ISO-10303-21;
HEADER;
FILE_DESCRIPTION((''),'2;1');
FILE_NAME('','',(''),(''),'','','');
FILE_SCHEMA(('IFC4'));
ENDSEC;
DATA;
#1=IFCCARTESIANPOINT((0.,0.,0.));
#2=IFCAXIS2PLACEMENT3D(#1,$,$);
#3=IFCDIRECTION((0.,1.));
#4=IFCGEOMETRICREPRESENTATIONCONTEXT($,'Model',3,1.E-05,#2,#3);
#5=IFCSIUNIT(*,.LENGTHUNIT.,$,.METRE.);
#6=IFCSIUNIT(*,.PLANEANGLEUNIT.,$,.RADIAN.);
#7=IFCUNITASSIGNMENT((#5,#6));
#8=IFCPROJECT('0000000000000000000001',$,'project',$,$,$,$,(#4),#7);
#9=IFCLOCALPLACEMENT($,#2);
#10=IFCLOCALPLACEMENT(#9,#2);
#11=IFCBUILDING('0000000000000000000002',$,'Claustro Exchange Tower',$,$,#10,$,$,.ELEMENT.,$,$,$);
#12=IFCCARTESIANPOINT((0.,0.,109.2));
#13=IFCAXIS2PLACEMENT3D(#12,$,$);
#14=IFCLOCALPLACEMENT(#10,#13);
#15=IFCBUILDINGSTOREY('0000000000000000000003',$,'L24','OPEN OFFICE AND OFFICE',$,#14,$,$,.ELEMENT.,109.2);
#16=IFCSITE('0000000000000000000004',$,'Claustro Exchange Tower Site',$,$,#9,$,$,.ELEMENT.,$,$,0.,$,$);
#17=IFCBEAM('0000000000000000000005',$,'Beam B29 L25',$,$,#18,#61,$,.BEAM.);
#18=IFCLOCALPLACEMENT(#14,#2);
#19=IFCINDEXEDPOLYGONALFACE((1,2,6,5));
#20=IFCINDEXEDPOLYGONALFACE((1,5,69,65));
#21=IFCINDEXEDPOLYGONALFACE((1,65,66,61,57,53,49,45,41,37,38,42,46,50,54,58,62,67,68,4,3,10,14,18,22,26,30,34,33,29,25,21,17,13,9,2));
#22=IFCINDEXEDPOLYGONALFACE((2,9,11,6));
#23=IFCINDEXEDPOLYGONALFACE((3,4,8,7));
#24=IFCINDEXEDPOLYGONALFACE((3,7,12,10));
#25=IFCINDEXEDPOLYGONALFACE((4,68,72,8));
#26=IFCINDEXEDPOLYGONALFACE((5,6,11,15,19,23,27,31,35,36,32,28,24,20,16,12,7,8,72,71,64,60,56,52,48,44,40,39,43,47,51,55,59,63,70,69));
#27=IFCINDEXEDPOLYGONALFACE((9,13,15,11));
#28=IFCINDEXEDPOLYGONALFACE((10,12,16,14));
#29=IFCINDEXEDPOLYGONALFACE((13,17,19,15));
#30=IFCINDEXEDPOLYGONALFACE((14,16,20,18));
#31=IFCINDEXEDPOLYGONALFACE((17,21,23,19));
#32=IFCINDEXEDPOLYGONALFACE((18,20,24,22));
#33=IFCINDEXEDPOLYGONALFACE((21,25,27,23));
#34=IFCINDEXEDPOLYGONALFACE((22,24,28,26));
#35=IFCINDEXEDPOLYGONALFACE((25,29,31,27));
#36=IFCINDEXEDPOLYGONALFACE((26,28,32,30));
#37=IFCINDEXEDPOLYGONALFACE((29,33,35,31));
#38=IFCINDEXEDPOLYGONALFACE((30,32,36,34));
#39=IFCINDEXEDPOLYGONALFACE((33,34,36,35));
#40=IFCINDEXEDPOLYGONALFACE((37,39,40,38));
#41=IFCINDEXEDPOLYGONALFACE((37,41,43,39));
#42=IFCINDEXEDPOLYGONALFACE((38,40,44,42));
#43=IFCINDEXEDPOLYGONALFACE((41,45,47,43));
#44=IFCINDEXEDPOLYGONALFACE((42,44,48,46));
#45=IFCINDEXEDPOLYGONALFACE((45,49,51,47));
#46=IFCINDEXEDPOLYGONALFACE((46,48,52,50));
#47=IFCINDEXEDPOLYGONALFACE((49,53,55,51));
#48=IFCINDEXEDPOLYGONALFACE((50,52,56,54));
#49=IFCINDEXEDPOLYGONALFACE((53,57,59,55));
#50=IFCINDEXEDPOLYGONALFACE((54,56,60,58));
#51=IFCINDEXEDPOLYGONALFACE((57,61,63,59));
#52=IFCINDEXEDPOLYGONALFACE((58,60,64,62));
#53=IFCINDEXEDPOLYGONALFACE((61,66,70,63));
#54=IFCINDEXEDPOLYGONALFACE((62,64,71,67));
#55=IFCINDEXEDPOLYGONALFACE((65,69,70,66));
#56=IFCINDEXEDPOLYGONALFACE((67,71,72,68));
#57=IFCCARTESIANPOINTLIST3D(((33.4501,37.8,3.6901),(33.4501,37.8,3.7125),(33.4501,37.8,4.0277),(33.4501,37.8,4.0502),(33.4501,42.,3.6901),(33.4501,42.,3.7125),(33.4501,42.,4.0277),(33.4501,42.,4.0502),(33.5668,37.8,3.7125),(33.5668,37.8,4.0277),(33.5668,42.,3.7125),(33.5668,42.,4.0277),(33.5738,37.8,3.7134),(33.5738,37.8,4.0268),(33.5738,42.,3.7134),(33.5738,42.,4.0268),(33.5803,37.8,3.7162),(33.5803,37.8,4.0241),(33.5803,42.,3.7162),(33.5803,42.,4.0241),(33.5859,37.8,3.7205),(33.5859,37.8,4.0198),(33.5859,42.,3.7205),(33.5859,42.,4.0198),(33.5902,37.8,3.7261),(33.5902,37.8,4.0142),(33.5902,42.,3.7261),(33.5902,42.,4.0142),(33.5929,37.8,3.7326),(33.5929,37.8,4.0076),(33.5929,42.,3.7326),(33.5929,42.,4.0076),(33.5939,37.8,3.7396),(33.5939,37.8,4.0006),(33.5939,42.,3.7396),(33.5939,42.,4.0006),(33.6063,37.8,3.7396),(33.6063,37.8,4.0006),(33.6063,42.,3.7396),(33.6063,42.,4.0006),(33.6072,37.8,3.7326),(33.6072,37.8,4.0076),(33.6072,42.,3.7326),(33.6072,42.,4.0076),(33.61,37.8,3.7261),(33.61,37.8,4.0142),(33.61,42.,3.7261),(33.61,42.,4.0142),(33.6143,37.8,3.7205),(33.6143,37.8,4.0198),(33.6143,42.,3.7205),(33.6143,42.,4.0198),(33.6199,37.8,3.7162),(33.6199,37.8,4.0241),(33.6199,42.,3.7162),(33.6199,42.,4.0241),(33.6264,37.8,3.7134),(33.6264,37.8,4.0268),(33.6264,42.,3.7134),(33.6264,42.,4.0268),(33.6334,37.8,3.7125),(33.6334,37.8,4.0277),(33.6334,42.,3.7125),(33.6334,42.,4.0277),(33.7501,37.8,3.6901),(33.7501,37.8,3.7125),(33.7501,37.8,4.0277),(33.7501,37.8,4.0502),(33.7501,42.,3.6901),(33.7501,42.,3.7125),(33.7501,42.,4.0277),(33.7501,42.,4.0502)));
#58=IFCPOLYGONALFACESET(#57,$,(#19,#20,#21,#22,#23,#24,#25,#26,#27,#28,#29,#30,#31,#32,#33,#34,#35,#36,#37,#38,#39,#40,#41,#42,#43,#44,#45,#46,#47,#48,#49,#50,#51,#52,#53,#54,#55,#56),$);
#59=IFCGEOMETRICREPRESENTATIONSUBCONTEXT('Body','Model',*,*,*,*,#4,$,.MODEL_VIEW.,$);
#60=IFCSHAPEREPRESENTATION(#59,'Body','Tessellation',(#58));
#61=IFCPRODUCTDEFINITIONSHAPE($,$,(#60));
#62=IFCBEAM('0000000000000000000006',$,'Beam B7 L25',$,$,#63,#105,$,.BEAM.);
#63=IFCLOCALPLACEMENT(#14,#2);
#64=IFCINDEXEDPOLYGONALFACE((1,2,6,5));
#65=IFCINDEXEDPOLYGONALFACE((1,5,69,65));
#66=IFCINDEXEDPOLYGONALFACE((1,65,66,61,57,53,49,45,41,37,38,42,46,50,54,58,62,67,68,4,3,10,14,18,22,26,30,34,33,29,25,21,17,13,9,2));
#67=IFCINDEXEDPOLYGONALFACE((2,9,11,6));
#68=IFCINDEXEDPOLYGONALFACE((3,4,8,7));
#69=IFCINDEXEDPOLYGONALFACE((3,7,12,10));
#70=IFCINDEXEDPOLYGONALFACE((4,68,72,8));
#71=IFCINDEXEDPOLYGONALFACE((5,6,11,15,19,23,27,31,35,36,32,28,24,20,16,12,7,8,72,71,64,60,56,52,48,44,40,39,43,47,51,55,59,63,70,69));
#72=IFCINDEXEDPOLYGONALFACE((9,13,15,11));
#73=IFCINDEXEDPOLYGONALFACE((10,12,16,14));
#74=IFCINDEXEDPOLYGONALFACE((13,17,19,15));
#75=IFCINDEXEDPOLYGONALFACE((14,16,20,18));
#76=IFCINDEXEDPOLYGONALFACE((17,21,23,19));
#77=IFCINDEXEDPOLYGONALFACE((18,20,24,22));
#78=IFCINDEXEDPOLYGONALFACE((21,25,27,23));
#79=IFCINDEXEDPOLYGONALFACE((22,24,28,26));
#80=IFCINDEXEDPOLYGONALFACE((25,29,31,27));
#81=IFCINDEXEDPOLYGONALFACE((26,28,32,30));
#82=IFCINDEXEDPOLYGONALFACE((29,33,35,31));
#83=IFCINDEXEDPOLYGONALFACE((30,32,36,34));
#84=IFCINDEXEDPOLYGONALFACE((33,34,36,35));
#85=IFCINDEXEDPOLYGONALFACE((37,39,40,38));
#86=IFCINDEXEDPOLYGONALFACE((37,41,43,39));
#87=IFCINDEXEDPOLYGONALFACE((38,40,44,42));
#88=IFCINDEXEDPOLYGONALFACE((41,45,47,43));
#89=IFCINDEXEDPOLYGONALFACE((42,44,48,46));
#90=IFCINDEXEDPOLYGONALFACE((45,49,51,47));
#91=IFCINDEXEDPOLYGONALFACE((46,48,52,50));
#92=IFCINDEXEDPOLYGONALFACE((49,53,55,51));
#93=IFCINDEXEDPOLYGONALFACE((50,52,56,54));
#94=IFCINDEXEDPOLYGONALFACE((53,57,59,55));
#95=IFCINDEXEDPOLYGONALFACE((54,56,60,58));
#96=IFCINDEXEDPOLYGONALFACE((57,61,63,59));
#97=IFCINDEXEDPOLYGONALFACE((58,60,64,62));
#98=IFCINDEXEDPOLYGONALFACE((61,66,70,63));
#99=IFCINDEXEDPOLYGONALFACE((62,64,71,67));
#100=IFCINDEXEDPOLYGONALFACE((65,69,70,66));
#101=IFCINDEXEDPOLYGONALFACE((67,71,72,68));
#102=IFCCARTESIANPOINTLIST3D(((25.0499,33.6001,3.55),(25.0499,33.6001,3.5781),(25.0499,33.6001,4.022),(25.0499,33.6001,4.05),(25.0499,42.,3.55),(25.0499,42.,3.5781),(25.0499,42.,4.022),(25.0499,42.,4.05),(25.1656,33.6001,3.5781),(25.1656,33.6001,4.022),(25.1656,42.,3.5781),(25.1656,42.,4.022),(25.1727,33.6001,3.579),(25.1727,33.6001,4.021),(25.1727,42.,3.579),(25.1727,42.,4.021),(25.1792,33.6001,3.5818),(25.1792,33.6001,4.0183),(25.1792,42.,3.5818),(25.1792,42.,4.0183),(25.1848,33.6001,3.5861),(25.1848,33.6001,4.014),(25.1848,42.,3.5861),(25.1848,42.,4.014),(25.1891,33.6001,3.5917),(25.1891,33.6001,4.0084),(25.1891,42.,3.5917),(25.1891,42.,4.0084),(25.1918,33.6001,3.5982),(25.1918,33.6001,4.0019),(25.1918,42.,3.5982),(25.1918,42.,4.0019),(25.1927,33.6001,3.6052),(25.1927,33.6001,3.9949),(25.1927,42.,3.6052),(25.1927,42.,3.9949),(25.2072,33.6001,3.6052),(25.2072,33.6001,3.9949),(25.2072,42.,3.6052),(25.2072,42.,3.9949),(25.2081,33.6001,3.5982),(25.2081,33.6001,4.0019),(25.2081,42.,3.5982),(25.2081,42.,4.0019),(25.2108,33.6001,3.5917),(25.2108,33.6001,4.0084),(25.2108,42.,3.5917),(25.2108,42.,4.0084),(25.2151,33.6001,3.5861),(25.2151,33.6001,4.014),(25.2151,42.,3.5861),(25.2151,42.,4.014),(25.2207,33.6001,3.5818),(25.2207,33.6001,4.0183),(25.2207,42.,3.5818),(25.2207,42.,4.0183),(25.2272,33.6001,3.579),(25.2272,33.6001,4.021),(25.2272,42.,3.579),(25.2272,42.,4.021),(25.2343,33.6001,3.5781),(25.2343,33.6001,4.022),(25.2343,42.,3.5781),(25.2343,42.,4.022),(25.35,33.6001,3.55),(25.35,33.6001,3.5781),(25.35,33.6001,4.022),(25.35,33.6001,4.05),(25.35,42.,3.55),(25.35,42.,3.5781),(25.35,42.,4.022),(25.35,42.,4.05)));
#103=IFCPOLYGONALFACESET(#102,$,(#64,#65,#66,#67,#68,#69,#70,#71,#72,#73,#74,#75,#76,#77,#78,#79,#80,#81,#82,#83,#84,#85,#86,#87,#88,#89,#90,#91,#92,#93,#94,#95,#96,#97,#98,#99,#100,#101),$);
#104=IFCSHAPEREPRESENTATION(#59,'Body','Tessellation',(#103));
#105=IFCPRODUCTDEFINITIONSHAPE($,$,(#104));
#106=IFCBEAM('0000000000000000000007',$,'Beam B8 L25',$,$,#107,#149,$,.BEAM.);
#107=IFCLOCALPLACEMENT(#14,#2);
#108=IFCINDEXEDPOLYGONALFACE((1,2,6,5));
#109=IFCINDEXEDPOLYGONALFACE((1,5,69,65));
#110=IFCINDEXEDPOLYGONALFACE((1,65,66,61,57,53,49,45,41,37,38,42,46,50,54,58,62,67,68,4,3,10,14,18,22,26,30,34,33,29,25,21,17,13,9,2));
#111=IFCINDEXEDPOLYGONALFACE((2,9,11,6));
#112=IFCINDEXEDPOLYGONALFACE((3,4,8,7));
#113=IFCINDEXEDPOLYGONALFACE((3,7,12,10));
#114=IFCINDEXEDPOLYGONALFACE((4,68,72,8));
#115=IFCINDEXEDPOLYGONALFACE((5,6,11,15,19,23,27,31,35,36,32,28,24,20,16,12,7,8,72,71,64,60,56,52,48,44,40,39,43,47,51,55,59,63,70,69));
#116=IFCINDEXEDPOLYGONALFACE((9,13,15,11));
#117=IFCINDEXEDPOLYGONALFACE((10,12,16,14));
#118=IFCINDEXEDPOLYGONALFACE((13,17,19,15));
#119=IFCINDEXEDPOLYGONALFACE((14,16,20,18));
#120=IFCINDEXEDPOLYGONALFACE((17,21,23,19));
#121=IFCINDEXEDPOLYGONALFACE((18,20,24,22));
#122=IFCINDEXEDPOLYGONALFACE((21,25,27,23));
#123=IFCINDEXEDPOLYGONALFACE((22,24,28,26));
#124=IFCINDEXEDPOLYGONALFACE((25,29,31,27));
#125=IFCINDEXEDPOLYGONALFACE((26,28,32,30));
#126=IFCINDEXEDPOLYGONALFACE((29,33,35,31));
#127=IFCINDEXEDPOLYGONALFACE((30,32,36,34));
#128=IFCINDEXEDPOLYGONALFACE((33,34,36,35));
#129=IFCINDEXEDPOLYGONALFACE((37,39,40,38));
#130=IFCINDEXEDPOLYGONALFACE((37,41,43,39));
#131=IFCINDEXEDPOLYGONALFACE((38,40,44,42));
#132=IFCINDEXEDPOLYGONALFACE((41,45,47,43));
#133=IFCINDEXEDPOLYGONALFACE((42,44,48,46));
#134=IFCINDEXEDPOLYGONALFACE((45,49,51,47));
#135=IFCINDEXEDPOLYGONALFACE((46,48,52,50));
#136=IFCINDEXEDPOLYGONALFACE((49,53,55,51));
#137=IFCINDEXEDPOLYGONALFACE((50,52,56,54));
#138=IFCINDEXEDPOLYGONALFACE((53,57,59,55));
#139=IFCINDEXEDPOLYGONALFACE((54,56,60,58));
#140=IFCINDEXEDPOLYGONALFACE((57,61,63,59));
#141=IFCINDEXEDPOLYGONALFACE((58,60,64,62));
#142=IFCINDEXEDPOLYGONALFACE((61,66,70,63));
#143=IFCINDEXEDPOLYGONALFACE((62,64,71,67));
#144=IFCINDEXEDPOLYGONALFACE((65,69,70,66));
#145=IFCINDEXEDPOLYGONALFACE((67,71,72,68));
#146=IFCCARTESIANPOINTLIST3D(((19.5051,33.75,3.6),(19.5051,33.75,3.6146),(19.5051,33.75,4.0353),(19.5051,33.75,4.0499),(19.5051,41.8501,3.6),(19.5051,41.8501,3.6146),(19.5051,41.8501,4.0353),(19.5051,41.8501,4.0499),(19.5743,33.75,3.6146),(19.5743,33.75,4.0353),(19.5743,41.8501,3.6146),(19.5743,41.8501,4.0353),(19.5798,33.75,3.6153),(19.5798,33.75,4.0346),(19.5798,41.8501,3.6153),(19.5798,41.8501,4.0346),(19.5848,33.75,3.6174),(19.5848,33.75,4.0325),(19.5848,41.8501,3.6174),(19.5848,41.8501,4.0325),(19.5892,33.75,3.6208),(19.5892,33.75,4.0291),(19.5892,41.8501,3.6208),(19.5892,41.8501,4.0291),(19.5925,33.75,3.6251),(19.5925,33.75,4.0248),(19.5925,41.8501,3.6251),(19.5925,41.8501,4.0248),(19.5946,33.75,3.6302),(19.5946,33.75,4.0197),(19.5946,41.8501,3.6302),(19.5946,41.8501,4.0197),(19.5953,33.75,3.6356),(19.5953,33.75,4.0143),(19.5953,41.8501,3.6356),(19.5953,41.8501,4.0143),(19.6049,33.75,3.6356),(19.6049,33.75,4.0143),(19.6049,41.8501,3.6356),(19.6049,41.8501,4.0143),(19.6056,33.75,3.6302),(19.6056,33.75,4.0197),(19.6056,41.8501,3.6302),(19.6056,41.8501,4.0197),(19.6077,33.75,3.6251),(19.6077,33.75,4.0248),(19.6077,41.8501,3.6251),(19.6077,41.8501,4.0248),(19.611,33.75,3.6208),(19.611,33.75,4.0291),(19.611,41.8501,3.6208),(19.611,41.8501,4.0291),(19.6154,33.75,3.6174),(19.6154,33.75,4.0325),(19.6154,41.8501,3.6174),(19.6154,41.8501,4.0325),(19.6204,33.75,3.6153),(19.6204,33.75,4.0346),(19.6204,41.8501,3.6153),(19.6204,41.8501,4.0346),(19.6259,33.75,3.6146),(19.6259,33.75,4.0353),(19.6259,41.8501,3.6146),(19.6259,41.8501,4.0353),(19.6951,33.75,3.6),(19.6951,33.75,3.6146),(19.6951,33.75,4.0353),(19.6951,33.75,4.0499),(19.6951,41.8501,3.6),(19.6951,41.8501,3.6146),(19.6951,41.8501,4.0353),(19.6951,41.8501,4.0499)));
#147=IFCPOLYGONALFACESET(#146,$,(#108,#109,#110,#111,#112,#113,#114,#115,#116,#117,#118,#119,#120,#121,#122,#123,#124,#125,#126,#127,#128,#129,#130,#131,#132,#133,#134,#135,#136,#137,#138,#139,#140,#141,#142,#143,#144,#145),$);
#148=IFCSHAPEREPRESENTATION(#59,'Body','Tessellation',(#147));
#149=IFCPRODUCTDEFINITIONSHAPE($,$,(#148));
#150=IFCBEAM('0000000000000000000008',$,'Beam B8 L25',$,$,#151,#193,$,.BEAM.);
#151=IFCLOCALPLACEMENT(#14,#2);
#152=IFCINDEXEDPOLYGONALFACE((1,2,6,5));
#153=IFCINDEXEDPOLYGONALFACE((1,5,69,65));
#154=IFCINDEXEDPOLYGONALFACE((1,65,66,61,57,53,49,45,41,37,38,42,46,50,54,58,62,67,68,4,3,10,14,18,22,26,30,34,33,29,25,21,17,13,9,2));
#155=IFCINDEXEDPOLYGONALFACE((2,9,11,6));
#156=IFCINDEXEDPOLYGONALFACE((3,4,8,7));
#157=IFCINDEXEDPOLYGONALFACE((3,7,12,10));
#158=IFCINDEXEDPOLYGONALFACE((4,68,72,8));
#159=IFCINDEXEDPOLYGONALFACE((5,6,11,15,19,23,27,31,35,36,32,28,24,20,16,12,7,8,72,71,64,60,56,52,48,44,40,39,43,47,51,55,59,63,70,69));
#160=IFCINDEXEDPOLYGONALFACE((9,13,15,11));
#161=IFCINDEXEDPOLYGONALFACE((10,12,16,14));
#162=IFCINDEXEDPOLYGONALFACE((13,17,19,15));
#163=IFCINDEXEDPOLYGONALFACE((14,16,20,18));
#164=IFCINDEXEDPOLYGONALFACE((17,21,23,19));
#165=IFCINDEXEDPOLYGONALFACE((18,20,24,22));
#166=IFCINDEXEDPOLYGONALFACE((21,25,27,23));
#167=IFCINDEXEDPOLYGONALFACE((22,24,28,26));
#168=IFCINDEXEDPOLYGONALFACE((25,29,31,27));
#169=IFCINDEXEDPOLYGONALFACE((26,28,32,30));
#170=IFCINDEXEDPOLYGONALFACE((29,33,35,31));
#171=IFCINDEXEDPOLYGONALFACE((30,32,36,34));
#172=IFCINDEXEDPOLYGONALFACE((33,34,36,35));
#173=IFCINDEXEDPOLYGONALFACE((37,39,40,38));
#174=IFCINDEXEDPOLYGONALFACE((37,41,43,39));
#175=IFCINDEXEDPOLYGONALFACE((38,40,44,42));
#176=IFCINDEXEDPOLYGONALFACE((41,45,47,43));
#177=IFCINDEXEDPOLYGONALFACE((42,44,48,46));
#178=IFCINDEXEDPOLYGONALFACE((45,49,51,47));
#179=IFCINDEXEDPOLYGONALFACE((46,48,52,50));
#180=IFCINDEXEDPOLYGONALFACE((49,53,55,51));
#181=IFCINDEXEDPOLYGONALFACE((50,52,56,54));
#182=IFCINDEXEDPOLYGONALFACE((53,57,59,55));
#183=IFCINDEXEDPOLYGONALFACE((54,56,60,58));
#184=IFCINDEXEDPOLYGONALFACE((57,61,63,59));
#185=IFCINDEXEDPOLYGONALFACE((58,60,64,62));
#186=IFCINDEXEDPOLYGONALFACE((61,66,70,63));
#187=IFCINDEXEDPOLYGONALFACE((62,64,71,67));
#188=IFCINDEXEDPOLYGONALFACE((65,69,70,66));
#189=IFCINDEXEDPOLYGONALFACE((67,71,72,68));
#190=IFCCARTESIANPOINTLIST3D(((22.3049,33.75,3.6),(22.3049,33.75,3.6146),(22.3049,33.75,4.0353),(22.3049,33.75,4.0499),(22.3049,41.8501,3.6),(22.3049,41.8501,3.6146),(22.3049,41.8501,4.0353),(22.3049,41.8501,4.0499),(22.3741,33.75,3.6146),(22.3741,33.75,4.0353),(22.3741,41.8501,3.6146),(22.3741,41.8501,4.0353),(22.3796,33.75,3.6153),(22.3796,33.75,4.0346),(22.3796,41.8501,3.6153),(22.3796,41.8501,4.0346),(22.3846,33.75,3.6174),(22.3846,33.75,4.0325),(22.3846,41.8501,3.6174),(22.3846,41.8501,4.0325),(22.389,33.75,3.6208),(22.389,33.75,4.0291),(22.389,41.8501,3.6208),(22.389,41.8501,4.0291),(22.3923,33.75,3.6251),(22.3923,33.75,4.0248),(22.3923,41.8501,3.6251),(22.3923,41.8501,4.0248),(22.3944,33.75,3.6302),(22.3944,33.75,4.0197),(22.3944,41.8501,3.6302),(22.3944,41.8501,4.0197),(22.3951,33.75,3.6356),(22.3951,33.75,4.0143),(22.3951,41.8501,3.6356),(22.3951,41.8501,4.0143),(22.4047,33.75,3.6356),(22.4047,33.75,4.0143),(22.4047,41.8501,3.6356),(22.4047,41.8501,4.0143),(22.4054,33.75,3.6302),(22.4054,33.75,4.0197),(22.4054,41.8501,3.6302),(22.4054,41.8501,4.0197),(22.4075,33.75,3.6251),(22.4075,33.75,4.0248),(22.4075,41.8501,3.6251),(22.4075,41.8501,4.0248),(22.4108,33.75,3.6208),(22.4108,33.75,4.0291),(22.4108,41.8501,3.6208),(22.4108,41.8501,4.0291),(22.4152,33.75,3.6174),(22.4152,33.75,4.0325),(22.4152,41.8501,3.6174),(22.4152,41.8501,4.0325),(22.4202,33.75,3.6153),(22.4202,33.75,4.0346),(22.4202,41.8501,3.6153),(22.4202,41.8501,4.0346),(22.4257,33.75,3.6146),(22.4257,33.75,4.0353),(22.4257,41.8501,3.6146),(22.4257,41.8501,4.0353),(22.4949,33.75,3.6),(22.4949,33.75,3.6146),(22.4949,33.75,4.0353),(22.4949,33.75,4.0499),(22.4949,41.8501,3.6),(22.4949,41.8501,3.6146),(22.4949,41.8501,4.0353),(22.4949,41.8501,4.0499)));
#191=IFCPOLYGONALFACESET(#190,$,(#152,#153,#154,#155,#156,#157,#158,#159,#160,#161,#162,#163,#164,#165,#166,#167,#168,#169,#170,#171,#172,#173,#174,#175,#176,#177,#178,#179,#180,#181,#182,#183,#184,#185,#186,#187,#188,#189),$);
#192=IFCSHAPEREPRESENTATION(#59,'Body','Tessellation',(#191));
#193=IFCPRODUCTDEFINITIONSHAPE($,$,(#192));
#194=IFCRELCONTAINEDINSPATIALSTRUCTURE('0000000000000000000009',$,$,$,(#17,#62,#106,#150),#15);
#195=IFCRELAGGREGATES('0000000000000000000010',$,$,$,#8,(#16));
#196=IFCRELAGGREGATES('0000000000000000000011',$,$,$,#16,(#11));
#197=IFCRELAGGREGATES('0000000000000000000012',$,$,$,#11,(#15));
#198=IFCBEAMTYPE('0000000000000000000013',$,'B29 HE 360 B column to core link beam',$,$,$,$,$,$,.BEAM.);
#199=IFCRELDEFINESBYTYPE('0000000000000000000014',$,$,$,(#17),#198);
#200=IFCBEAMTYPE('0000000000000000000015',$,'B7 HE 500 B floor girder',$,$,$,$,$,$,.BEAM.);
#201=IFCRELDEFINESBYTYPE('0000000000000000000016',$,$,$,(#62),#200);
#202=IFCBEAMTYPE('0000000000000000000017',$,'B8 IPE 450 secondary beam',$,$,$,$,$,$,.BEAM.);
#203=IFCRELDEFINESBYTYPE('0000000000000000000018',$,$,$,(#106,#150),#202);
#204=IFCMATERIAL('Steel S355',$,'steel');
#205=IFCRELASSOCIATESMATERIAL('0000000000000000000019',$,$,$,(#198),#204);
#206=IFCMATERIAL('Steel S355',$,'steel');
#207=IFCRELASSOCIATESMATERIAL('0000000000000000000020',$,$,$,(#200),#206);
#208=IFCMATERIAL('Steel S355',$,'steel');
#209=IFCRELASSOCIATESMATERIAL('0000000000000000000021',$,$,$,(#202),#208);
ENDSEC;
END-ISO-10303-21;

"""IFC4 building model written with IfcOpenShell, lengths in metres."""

from ifc_helpers import new_model, si_unit, direction, frame, origin, origin_2d, place, context, subcontext, project, spatial, i_section, extrude, material, material_profile, profile_set, type_object, element, save


model = new_model("IFC4")

# Units and contexts
model_context = context("Model", 3, precision=1e-05, world=origin(), true_north=direction((0.0, 1.0)))
body_context = subcontext(model_context, "Body", "Model", "MODEL_VIEW")
ifc_project = project(units=[si_unit("LENGTHUNIT", "METRE"), si_unit("PLANEANGLEUNIT", "RADIAN")], contexts=[model_context])

# Site, building, storey
site_placement = place(None, origin())
site = spatial("IfcSite", under=ifc_project, at=site_placement, Name="Claustro Exchange Tower Site", CompositionType="ELEMENT", RefElevation=0.0)
building_placement = place(site_placement, origin())
building = spatial("IfcBuilding", under=site, at=building_placement, Name="Claustro Exchange Tower", CompositionType="ELEMENT")
storey_placement = place(building_placement, frame((0.0, 0.0, 109.2)))
storey = spatial("IfcBuildingStorey", under=building, at=storey_placement, Name="L24", Description="OPEN OFFICE AND OFFICE", CompositionType="ELEMENT", Elevation=109.2)

# Beams
ifc_material_1 = material(Name="Steel S355", Category="steel")
ifc_material_profile_1 = material_profile(ifc_material_1, i_section(OverallWidth=0.3, OverallDepth=0.3601, WebThickness=0.0125, FlangeThickness=0.0225, FilletRadius=0.0271, at=origin_2d()), Name="HE 360 B")
ifc_profile_set_1 = profile_set([ifc_material_profile_1], Name="Steel S355")
beam_type_1 = type_object("IfcBeamType", Name="B29 HE 360 B column to core link beam", PredefinedType="BEAM", material=ifc_profile_set_1)
beam_1_placement = place(storey_placement, frame((33.6001, 37.8, 3.8701), z_axis=(0.0, 1.0, 0.0), x_axis=(-1.0, 0.0, 0.0)))
element("IfcBeam", 1, at=beam_1_placement, inside=storey, type_object=beam_type_1, Name="Beam B29 L25", PredefinedType="BEAM", context=body_context, shape_type="SweptSolid", body=[
    extrude(i_section(OverallWidth=0.3, OverallDepth=0.3601, WebThickness=0.0125, FlangeThickness=0.0225, FilletRadius=0.0271, at=origin_2d()), origin(), (0.0, 0.0, 1.0), 4.2),
])
ifc_material_2 = material(Name="Steel S355", Category="steel")
ifc_material_profile_2 = material_profile(ifc_material_2, i_section(OverallWidth=0.3, OverallDepth=0.5, WebThickness=0.0144, FlangeThickness=0.0281, FilletRadius=0.0271, at=origin_2d()), Name="HE 500 B")
ifc_profile_set_2 = profile_set([ifc_material_profile_2], Name="Steel S355")
beam_type_2 = type_object("IfcBeamType", Name="B7 HE 500 B floor girder", PredefinedType="BEAM", material=ifc_profile_set_2)
beam_2_placement = place(storey_placement, frame((25.2, 33.6001, 3.8), z_axis=(0.0, 1.0, 0.0), x_axis=(-1.0, 0.0, 0.0)))
element("IfcBeam", 2, at=beam_2_placement, inside=storey, type_object=beam_type_2, Name="Beam B7 L25", PredefinedType="BEAM", context=body_context, shape_type="SweptSolid", body=[
    extrude(i_section(OverallWidth=0.3, OverallDepth=0.5, WebThickness=0.0144, FlangeThickness=0.0281, FilletRadius=0.0271, at=origin_2d()), origin(), (0.0, 0.0, 1.0), 8.3999),
])
ifc_material_3 = material(Name="Steel S355", Category="steel")
ifc_material_profile_3 = material_profile(ifc_material_3, i_section(OverallWidth=0.1899, OverallDepth=0.45, WebThickness=0.0095, FlangeThickness=0.0146, FilletRadius=0.021, at=origin_2d()), Name="IPE 450")
ifc_profile_set_3 = profile_set([ifc_material_profile_3], Name="Steel S355")
beam_type_3 = type_object("IfcBeamType", Name="B8 IPE 450 secondary beam", PredefinedType="BEAM", material=ifc_profile_set_3)
for number, where, z_axis, x_axis, name in (
    (3, (19.6001, 33.75, 3.825), (0.0, 1.0, 0.0), (-1.0, 0.0, 0.0), "Beam B8 L25"),
    (4, (22.3999, 33.75, 3.825), (0.0, 1.0, 0.0), (-1.0, 0.0, 0.0), "Beam B8 L25"),
):
    element("IfcBeam", number, at=place(storey_placement, frame(where, z_axis=z_axis, x_axis=x_axis)), inside=storey, type_object=beam_type_3, Name=name, PredefinedType="BEAM", context=body_context, shape_type="SweptSolid", body=[
        extrude(i_section(OverallWidth=0.1899, OverallDepth=0.45, WebThickness=0.0095, FlangeThickness=0.0146, FilletRadius=0.021, at=origin_2d()), origin(), (0.0, 0.0, 1.0), 8.1001),
    ])

save(model, "model.ifc")
